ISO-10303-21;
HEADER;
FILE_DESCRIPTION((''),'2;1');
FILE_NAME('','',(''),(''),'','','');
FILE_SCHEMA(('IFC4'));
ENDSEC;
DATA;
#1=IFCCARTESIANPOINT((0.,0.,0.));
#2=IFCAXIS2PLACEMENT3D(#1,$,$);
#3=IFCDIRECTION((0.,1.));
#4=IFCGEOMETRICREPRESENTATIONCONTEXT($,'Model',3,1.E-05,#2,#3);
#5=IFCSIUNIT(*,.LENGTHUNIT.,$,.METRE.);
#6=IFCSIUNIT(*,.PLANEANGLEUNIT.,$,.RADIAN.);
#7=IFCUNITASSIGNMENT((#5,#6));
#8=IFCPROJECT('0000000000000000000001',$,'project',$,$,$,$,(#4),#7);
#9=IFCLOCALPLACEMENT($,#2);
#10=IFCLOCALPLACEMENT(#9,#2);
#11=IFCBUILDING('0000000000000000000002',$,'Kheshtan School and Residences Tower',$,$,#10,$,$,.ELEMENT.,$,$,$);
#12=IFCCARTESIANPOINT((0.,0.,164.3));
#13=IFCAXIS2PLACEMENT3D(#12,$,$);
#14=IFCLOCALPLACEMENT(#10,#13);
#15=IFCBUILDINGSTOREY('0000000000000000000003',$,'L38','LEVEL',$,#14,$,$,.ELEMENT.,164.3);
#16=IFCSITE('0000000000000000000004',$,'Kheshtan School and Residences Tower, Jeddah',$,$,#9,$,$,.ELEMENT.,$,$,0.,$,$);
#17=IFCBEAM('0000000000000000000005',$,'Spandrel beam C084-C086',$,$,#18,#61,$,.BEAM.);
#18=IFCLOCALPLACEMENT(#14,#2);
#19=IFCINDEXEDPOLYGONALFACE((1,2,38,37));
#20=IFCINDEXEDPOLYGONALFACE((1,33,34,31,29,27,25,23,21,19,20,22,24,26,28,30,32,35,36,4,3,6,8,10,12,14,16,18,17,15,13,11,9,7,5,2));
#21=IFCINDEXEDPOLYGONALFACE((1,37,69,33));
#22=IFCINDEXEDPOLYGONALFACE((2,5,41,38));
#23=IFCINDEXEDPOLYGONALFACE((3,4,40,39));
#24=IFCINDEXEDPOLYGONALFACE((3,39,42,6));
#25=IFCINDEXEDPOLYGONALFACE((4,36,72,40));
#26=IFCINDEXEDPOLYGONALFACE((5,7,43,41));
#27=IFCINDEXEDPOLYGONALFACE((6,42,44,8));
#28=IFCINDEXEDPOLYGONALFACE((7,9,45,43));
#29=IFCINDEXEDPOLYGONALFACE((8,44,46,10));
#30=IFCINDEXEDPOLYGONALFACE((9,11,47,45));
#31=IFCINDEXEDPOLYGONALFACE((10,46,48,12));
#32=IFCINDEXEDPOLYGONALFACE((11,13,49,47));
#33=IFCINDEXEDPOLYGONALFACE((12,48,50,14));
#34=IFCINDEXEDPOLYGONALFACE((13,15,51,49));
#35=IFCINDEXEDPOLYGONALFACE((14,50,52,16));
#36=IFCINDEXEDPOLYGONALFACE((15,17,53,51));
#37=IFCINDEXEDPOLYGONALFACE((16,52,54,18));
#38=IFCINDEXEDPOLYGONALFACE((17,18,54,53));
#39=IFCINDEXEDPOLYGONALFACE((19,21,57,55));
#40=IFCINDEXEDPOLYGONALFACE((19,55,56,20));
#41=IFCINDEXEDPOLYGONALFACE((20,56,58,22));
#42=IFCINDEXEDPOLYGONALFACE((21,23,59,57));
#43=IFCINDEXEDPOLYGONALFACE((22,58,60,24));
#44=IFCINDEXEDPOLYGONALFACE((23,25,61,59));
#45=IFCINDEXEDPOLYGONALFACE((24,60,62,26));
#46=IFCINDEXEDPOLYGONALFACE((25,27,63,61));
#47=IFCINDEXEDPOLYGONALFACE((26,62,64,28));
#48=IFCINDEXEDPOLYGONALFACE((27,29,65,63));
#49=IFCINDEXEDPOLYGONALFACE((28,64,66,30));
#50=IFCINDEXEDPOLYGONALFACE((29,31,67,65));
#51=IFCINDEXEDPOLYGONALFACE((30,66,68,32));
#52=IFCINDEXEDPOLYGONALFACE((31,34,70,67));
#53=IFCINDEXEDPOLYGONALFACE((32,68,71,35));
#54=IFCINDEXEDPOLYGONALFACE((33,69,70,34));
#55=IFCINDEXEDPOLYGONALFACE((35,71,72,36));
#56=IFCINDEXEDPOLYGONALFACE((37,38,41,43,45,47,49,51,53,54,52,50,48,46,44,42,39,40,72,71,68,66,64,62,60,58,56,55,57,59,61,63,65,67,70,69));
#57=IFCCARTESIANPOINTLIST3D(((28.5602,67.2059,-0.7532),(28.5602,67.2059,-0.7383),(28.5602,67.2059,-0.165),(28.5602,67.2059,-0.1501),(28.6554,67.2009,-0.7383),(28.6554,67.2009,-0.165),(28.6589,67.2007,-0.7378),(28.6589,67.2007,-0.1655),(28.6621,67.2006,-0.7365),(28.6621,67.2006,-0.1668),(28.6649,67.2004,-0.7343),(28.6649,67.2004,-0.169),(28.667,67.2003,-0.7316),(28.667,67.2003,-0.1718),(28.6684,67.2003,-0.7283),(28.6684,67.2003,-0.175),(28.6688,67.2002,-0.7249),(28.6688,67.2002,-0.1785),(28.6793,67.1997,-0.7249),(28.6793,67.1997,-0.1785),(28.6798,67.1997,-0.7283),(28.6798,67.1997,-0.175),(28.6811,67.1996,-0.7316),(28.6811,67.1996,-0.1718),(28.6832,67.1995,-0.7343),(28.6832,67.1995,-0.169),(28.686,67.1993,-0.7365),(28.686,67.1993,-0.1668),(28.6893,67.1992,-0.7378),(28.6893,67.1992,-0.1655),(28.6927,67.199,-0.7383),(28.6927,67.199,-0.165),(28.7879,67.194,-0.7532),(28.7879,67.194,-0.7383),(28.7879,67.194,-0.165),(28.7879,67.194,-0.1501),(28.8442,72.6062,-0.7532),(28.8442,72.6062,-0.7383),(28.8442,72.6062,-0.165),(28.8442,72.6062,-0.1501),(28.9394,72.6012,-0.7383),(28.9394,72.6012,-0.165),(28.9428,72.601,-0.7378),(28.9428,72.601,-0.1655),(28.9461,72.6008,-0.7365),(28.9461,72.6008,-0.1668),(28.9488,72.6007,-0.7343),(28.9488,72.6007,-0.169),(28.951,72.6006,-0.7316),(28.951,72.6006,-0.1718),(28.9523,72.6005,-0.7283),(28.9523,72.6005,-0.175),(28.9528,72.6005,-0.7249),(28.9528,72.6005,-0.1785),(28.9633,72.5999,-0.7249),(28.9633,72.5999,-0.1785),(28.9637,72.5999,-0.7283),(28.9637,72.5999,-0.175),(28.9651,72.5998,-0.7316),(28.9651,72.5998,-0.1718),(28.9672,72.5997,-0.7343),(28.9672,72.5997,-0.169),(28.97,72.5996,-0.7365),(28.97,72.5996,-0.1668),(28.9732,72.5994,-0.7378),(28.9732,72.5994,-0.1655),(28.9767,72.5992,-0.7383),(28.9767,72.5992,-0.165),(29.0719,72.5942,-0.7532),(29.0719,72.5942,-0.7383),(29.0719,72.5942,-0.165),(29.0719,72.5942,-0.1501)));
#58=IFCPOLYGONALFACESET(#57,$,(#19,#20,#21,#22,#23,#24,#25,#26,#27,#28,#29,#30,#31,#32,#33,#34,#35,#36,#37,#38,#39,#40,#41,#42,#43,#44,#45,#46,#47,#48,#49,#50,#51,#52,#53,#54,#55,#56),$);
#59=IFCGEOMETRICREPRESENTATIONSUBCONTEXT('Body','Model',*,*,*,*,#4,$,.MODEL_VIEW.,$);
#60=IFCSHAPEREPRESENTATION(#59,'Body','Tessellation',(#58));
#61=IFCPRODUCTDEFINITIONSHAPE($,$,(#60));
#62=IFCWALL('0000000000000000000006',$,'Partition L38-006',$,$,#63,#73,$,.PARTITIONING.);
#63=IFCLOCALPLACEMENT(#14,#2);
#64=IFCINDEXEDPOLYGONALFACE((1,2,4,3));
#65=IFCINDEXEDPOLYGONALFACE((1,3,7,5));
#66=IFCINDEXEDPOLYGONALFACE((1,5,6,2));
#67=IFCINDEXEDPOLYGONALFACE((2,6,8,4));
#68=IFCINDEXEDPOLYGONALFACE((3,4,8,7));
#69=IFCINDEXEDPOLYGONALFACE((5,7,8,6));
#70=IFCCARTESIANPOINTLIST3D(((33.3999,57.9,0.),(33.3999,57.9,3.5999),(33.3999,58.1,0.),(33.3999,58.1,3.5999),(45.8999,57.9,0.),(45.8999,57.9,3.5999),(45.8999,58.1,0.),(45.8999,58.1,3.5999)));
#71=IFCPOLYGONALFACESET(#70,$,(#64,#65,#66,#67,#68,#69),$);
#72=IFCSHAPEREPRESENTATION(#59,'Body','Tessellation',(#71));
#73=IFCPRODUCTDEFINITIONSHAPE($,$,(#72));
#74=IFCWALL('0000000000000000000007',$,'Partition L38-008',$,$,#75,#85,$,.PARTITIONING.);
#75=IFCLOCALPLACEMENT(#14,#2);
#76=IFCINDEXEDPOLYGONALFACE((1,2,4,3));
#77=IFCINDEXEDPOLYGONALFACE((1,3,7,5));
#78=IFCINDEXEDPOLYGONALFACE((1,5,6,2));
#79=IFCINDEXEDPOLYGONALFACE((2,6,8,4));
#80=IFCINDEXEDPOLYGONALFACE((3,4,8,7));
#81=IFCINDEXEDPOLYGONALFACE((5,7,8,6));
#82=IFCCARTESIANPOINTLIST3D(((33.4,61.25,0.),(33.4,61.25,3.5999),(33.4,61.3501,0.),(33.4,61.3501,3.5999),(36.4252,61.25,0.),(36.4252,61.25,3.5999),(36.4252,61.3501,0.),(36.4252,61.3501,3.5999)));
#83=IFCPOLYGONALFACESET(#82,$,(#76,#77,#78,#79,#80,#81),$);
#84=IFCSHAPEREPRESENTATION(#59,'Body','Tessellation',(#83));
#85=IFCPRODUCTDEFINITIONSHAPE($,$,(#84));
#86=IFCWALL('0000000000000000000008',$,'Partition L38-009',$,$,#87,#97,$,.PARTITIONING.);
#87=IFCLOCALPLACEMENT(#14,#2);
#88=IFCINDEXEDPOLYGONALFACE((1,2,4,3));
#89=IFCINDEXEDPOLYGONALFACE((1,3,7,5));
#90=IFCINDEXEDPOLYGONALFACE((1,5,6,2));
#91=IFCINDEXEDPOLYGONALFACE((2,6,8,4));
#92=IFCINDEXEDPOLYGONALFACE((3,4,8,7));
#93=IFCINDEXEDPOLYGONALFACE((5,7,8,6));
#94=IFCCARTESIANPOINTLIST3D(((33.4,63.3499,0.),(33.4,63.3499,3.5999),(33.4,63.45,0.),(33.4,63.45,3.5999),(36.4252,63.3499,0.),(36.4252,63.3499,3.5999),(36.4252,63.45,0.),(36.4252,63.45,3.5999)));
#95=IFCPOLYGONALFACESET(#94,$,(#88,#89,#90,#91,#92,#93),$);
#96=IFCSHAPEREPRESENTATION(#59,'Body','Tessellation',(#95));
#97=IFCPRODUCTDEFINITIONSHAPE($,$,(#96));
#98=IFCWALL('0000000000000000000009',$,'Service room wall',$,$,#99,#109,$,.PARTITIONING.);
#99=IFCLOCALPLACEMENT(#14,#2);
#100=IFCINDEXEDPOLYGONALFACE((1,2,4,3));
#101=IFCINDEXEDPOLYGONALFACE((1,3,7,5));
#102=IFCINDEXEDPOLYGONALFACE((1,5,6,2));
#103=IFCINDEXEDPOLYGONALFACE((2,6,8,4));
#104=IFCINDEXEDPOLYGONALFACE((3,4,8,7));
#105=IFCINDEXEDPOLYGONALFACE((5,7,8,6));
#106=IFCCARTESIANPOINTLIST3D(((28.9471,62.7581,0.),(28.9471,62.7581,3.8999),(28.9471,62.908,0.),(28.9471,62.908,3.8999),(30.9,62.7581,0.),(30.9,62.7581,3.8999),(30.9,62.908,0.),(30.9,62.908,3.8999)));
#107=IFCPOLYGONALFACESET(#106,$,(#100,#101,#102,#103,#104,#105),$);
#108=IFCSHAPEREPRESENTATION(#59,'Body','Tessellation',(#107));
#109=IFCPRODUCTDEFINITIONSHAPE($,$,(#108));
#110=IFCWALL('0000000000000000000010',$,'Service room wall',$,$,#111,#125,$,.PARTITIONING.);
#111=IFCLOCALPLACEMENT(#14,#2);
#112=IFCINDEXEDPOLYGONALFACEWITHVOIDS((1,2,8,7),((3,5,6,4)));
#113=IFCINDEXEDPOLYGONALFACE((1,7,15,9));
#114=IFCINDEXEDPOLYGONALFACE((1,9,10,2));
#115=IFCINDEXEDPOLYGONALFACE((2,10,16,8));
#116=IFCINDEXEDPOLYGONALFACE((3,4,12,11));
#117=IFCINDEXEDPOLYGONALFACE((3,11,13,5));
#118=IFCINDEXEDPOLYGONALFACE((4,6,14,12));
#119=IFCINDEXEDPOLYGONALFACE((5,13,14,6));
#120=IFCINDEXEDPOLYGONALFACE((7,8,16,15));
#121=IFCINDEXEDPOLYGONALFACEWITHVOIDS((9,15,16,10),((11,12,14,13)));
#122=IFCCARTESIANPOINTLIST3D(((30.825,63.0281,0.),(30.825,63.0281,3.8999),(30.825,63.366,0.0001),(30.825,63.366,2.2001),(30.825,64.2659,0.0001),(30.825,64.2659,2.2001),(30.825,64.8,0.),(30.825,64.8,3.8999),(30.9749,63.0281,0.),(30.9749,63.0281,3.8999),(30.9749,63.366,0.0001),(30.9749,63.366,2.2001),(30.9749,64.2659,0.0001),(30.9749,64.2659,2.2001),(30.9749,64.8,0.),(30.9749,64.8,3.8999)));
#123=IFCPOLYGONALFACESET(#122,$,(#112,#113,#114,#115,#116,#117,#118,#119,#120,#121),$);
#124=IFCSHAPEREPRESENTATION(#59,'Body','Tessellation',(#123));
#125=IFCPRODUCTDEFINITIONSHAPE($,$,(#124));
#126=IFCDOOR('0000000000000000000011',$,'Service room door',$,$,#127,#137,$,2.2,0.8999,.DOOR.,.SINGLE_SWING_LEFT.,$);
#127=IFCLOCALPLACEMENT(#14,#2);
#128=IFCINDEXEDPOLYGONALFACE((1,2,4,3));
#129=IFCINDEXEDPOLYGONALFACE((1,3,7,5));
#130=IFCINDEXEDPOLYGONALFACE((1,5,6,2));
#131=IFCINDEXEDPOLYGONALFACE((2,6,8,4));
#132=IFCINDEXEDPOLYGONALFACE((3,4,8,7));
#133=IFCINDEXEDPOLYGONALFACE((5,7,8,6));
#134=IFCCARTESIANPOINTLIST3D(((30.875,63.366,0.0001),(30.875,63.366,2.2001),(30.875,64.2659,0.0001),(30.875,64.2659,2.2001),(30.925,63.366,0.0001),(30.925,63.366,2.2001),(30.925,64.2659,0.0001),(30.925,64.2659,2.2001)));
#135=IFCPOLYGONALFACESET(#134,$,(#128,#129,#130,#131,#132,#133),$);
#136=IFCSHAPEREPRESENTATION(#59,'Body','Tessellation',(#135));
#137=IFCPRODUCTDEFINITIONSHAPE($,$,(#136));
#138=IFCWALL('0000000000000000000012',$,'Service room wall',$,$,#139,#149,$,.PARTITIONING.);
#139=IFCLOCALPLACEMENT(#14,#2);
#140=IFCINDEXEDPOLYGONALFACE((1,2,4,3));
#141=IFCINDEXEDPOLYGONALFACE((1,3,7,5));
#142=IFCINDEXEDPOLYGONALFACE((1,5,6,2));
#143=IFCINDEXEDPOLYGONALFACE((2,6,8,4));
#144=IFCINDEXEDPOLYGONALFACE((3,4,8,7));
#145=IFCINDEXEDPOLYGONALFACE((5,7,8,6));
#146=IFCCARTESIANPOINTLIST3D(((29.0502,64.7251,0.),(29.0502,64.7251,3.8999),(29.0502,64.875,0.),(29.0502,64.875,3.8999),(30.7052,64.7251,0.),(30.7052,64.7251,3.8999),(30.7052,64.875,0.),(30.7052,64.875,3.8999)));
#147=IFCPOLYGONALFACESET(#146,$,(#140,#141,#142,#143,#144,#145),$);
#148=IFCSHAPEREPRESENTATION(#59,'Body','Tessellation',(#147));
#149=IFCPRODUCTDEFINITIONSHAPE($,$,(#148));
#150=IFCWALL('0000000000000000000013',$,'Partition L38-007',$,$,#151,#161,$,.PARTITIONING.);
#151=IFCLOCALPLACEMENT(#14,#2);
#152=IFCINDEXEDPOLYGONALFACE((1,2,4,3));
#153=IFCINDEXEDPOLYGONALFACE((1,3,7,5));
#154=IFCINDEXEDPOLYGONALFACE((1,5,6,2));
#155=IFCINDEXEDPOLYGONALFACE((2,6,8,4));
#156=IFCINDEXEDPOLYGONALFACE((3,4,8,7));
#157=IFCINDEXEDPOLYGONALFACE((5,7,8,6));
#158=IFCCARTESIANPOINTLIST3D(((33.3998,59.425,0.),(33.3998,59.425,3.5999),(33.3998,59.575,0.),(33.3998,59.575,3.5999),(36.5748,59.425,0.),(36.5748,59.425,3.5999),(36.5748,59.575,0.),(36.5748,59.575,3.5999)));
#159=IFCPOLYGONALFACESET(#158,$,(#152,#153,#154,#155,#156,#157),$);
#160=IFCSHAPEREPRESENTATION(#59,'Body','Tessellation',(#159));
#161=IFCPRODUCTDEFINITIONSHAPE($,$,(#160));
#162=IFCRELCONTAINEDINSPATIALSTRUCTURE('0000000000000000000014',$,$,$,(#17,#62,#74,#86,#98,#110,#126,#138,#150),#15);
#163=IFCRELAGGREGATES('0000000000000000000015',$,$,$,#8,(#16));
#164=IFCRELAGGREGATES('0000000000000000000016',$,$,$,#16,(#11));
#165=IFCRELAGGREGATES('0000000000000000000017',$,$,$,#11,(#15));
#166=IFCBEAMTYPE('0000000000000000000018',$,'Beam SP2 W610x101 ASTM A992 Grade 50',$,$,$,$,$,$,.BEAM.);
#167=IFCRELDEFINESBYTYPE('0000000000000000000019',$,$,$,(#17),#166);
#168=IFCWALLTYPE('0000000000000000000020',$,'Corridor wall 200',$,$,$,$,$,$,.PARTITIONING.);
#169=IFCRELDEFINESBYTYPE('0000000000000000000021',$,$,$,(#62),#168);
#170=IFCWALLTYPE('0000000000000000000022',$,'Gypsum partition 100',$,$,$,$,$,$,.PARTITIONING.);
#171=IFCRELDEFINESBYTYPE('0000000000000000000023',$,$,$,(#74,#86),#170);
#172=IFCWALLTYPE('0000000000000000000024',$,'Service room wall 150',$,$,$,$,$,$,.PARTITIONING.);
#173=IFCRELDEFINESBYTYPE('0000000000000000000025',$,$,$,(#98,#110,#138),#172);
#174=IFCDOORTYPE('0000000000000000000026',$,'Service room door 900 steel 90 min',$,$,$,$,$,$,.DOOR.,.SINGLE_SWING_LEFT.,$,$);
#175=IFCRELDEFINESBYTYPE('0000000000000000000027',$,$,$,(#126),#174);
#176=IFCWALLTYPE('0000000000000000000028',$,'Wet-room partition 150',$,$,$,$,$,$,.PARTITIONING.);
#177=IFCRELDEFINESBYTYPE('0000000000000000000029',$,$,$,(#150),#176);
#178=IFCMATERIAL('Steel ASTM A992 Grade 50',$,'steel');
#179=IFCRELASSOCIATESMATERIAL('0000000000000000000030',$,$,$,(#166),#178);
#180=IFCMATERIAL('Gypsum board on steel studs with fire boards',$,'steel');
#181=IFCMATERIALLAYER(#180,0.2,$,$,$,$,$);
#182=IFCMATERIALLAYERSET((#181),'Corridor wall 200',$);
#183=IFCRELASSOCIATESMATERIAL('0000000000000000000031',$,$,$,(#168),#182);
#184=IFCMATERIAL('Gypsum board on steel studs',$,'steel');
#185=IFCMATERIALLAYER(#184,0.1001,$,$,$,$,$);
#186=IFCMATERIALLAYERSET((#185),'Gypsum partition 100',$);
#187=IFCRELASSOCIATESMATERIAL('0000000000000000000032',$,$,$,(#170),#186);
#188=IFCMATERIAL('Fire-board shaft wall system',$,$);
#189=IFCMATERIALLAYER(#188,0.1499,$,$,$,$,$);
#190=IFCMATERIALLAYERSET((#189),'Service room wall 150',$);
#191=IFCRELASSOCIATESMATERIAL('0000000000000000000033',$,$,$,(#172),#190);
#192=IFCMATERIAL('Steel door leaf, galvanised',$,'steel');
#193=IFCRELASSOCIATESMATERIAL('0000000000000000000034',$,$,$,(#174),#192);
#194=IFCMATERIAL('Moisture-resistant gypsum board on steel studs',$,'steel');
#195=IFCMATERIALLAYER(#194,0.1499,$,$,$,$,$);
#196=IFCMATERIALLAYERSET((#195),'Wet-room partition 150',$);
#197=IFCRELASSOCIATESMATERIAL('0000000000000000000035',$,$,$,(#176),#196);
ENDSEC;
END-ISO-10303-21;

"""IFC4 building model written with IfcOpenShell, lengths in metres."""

from ifc_helpers import new_model, si_unit, direction, frame, frame_2d, origin, origin_2d, place, context, subcontext, project, spatial, rectangle, i_section, extrude, source, transform, mapped, material, layer, layer_set, material_profile, profile_set, type_object, element, fill, save


model = new_model("IFC4")

# Units and contexts
model_context = context("Model", 3, precision=1e-05, world=origin(), true_north=direction((0.0, 1.0)))
body_context = subcontext(model_context, "Body", "Model", "MODEL_VIEW")
ifc_project = project(units=[si_unit("LENGTHUNIT", "METRE"), si_unit("PLANEANGLEUNIT", "RADIAN")], contexts=[model_context])

# Site, building, storey
site_placement = place(None, origin())
site = spatial("IfcSite", under=ifc_project, at=site_placement, Name="Kheshtan School and Residences Tower, Jeddah", CompositionType="ELEMENT", RefElevation=0.0)
building_placement = place(site_placement, origin())
building = spatial("IfcBuilding", under=site, at=building_placement, Name="Kheshtan School and Residences Tower", CompositionType="ELEMENT")
storey_placement = place(building_placement, frame((0.0, 0.0, 164.3)))
storey = spatial("IfcBuildingStorey", under=building, at=storey_placement, Name="L38", Description="LEVEL", CompositionType="ELEMENT", Elevation=164.3)

# Shared definitions
ifc_material_1 = material(Name="Steel ASTM A992 Grade 50", Category="steel")

# Beam
ifc_material_profile_1 = material_profile(ifc_material_1, i_section(OverallWidth=0.228, OverallDepth=0.603, WebThickness=0.0105, FlangeThickness=0.0149, FilletRadius=0.0134, at=origin_2d()), Name="W610x101")
ifc_profile_set_1 = profile_set([ifc_material_profile_1], Name="Steel ASTM A992 Grade 50")
beam_type_1 = type_object("IfcBeamType", Name="Beam SP2 W610x101 ASTM A992 Grade 50", PredefinedType="BEAM", material=ifc_profile_set_1)
beam_1_placement = place(storey_placement, frame((28.6741, 67.2, -0.4517), z_axis=(0.052507, 0.998621, 0.0), x_axis=(-0.998621, 0.052507, 0.0)))
element("IfcBeam", 1, at=beam_1_placement, inside=storey, type_object=beam_type_1, Name="Spandrel beam C084-C086", PredefinedType="BEAM", context=body_context, shape_type="SweptSolid", body=[
    extrude(i_section(OverallWidth=0.228, OverallDepth=0.603, WebThickness=0.0105, FlangeThickness=0.0149, FilletRadius=0.0134, at=origin_2d()), origin(), (0.0, 0.0, 1.0), 5.4077),
])

# Walls
ifc_material_2 = material(Name="Gypsum board on steel studs with fire boards", Category="steel")
ifc_layer_1 = layer(ifc_material_2, 0.2)
ifc_layer_set_1 = layer_set([ifc_layer_1], Name="Corridor wall 200")
wall_type_1 = type_object("IfcWallType", Name="Corridor wall 200", PredefinedType="PARTITIONING", material=ifc_layer_set_1)
wall_1_placement = place(storey_placement, frame((33.3999, 58.0, 0.0), z_axis=(0.0, 0.0, 1.0), x_axis=(1.0, 0.0, 0.0)))
element("IfcWall", 2, at=wall_1_placement, inside=storey, type_object=wall_type_1, Name="Partition L38-006", PredefinedType="PARTITIONING", context=body_context, shape_type="SweptSolid", body=[
    extrude(rectangle(XDim=12.5, YDim=0.2, at=frame_2d((6.25, 0.0))), origin(), (0.0, 0.0, 1.0), 3.5999),
])
ifc_material_3 = material(Name="Gypsum board on steel studs", Category="steel")
ifc_layer_2 = layer(ifc_material_3, 0.1001)
ifc_layer_set_2 = layer_set([ifc_layer_2], Name="Gypsum partition 100")
wall_type_2 = type_object("IfcWallType", Name="Gypsum partition 100", PredefinedType="PARTITIONING", material=ifc_layer_set_2)
for number, where, z_axis, x_axis, name in (
    (3, (33.3999, 61.3, 0.0), (0.0, 0.0, 1.0), (1.0, 0.0, 0.0), "Partition L38-008"),
    (4, (33.3999, 63.3999, 0.0), (0.0, 0.0, 1.0), (1.0, 0.0, 0.0), "Partition L38-009"),
):
    element("IfcWall", number, at=place(storey_placement, frame(where, z_axis=z_axis, x_axis=x_axis)), inside=storey, type_object=wall_type_2, Name=name, PredefinedType="PARTITIONING", context=body_context, shape_type="SweptSolid", body=[
        extrude(rectangle(XDim=3.0251, YDim=0.1001, at=frame_2d((1.5127, 0.0))), origin(), (0.0, 0.0, 1.0), 3.5999),
    ])
ifc_material_4 = material(Name="Fire-board shaft wall system")
ifc_layer_3 = layer(ifc_material_4, 0.1499)
ifc_layer_set_3 = layer_set([ifc_layer_3], Name="Service room wall 150")
wall_type_3 = type_object("IfcWallType", Name="Service room wall 150", PredefinedType="PARTITIONING", material=ifc_layer_set_3)
wall_2_placement = place(storey_placement, frame((28.947, 62.833, 0.0), z_axis=(0.0, 0.0, 1.0), x_axis=(1.0, 0.0, 0.0)))
element("IfcWall", 5, at=wall_2_placement, inside=storey, type_object=wall_type_3, Name="Service room wall", PredefinedType="PARTITIONING", context=body_context, shape_type="SweptSolid", body=[
    extrude(rectangle(XDim=1.9529, YDim=0.1499, at=frame_2d((0.9766, 0.0))), origin(), (0.0, 0.0, 1.0), 3.8999),
])

# Wall, opening, door
wall_3_placement = place(storey_placement, frame((30.8999, 63.0281, 0.0), z_axis=(0.0, 0.0, 1.0), x_axis=(0.0, 1.0, 0.0)))
wall_3 = element("IfcWall", 6, at=wall_3_placement, inside=storey, type_object=wall_type_3, Name="Service room wall", PredefinedType="PARTITIONING", context=body_context, shape_type="SweptSolid", body=[
    extrude(rectangle(XDim=1.772, YDim=0.1499, at=frame_2d((0.886, 0.0))), origin(), (0.0, 0.0, 1.0), 3.8999),
])
opening_placement = place(wall_3_placement, frame((0.3379, 0.0, 0.0)))
opening = element("IfcOpeningElement", 7, at=opening_placement, cuts=wall_3, PredefinedType="OPENING", context=body_context, shape_type="SweptSolid", body=[
    extrude(rectangle(XDim=0.8999, YDim=2.2, at=frame_2d((0.45, 1.1001))), frame((0.0, 0.085, 0.0), z_axis=(0.0, -1.0, 0.0), x_axis=(1.0, 0.0, 0.0)), (0.0, 0.0, 1.0), 0.1699),
])
ifc_material_5 = material(Name="Steel door leaf, galvanised", Category="steel")
door_type = type_object("IfcDoorType", Name="Service room door 900 steel 90 min", OperationType="SINGLE_SWING_LEFT", PredefinedType="DOOR", material=ifc_material_5)
shared_shape = source(origin(), body_context, "Body", "SweptSolid", [
    extrude(rectangle(XDim=0.8999, YDim=2.2, at=frame_2d((0.45, 1.1001))), frame((0.0, 0.0249, 0.0), z_axis=(0.0, -1.0, 0.0), x_axis=(1.0, 0.0, 0.0)), (0.0, 0.0, 1.0), 0.05),
])
door_placement = place(opening_placement, origin())
door = element("IfcDoor", 8, at=door_placement, inside=storey, type_object=door_type, Name="Service room door", OperationType="SINGLE_SWING_LEFT", OverallHeight=2.2, OverallWidth=0.8999, PredefinedType="DOOR", context=body_context, shape_type="MappedRepresentation", body=[
    mapped(shared_shape, transform((0.0, 0.0, 0.0), x_axis=(1.0, 0.0, 0.0), y_axis=(0.0, 1.0, 0.0), z_axis=(0.0, 0.0, 1.0), scale=1.0)),
])
fill(opening, door)

# Walls
wall_4_placement = place(storey_placement, frame((29.05, 64.8, 0.0), z_axis=(0.0, 0.0, 1.0), x_axis=(1.0, 0.0, 0.0)))
element("IfcWall", 9, at=wall_4_placement, inside=storey, type_object=wall_type_3, Name="Service room wall", PredefinedType="PARTITIONING", context=body_context, shape_type="SweptSolid", body=[
    extrude(rectangle(XDim=1.655, YDim=0.1499, at=frame_2d((0.8276, 0.0))), origin(), (0.0, 0.0, 1.0), 3.8999),
])
ifc_material_6 = material(Name="Moisture-resistant gypsum board on steel studs", Category="steel")
ifc_layer_4 = layer(ifc_material_6, 0.1499)
ifc_layer_set_4 = layer_set([ifc_layer_4], Name="Wet-room partition 150")
wall_type_4 = type_object("IfcWallType", Name="Wet-room partition 150", PredefinedType="PARTITIONING", material=ifc_layer_set_4)
wall_5_placement = place(storey_placement, frame((33.3999, 59.5, 0.0), z_axis=(0.0, 0.0, 1.0), x_axis=(1.0, 0.0, 0.0)))
element("IfcWall", 10, at=wall_5_placement, inside=storey, type_object=wall_type_4, Name="Partition L38-007", PredefinedType="PARTITIONING", context=body_context, shape_type="SweptSolid", body=[
    extrude(rectangle(XDim=3.175, YDim=0.1499, at=frame_2d((1.5874, 0.0))), origin(), (0.0, 0.0, 1.0), 3.5999),
])

save(model, "model.ifc")
